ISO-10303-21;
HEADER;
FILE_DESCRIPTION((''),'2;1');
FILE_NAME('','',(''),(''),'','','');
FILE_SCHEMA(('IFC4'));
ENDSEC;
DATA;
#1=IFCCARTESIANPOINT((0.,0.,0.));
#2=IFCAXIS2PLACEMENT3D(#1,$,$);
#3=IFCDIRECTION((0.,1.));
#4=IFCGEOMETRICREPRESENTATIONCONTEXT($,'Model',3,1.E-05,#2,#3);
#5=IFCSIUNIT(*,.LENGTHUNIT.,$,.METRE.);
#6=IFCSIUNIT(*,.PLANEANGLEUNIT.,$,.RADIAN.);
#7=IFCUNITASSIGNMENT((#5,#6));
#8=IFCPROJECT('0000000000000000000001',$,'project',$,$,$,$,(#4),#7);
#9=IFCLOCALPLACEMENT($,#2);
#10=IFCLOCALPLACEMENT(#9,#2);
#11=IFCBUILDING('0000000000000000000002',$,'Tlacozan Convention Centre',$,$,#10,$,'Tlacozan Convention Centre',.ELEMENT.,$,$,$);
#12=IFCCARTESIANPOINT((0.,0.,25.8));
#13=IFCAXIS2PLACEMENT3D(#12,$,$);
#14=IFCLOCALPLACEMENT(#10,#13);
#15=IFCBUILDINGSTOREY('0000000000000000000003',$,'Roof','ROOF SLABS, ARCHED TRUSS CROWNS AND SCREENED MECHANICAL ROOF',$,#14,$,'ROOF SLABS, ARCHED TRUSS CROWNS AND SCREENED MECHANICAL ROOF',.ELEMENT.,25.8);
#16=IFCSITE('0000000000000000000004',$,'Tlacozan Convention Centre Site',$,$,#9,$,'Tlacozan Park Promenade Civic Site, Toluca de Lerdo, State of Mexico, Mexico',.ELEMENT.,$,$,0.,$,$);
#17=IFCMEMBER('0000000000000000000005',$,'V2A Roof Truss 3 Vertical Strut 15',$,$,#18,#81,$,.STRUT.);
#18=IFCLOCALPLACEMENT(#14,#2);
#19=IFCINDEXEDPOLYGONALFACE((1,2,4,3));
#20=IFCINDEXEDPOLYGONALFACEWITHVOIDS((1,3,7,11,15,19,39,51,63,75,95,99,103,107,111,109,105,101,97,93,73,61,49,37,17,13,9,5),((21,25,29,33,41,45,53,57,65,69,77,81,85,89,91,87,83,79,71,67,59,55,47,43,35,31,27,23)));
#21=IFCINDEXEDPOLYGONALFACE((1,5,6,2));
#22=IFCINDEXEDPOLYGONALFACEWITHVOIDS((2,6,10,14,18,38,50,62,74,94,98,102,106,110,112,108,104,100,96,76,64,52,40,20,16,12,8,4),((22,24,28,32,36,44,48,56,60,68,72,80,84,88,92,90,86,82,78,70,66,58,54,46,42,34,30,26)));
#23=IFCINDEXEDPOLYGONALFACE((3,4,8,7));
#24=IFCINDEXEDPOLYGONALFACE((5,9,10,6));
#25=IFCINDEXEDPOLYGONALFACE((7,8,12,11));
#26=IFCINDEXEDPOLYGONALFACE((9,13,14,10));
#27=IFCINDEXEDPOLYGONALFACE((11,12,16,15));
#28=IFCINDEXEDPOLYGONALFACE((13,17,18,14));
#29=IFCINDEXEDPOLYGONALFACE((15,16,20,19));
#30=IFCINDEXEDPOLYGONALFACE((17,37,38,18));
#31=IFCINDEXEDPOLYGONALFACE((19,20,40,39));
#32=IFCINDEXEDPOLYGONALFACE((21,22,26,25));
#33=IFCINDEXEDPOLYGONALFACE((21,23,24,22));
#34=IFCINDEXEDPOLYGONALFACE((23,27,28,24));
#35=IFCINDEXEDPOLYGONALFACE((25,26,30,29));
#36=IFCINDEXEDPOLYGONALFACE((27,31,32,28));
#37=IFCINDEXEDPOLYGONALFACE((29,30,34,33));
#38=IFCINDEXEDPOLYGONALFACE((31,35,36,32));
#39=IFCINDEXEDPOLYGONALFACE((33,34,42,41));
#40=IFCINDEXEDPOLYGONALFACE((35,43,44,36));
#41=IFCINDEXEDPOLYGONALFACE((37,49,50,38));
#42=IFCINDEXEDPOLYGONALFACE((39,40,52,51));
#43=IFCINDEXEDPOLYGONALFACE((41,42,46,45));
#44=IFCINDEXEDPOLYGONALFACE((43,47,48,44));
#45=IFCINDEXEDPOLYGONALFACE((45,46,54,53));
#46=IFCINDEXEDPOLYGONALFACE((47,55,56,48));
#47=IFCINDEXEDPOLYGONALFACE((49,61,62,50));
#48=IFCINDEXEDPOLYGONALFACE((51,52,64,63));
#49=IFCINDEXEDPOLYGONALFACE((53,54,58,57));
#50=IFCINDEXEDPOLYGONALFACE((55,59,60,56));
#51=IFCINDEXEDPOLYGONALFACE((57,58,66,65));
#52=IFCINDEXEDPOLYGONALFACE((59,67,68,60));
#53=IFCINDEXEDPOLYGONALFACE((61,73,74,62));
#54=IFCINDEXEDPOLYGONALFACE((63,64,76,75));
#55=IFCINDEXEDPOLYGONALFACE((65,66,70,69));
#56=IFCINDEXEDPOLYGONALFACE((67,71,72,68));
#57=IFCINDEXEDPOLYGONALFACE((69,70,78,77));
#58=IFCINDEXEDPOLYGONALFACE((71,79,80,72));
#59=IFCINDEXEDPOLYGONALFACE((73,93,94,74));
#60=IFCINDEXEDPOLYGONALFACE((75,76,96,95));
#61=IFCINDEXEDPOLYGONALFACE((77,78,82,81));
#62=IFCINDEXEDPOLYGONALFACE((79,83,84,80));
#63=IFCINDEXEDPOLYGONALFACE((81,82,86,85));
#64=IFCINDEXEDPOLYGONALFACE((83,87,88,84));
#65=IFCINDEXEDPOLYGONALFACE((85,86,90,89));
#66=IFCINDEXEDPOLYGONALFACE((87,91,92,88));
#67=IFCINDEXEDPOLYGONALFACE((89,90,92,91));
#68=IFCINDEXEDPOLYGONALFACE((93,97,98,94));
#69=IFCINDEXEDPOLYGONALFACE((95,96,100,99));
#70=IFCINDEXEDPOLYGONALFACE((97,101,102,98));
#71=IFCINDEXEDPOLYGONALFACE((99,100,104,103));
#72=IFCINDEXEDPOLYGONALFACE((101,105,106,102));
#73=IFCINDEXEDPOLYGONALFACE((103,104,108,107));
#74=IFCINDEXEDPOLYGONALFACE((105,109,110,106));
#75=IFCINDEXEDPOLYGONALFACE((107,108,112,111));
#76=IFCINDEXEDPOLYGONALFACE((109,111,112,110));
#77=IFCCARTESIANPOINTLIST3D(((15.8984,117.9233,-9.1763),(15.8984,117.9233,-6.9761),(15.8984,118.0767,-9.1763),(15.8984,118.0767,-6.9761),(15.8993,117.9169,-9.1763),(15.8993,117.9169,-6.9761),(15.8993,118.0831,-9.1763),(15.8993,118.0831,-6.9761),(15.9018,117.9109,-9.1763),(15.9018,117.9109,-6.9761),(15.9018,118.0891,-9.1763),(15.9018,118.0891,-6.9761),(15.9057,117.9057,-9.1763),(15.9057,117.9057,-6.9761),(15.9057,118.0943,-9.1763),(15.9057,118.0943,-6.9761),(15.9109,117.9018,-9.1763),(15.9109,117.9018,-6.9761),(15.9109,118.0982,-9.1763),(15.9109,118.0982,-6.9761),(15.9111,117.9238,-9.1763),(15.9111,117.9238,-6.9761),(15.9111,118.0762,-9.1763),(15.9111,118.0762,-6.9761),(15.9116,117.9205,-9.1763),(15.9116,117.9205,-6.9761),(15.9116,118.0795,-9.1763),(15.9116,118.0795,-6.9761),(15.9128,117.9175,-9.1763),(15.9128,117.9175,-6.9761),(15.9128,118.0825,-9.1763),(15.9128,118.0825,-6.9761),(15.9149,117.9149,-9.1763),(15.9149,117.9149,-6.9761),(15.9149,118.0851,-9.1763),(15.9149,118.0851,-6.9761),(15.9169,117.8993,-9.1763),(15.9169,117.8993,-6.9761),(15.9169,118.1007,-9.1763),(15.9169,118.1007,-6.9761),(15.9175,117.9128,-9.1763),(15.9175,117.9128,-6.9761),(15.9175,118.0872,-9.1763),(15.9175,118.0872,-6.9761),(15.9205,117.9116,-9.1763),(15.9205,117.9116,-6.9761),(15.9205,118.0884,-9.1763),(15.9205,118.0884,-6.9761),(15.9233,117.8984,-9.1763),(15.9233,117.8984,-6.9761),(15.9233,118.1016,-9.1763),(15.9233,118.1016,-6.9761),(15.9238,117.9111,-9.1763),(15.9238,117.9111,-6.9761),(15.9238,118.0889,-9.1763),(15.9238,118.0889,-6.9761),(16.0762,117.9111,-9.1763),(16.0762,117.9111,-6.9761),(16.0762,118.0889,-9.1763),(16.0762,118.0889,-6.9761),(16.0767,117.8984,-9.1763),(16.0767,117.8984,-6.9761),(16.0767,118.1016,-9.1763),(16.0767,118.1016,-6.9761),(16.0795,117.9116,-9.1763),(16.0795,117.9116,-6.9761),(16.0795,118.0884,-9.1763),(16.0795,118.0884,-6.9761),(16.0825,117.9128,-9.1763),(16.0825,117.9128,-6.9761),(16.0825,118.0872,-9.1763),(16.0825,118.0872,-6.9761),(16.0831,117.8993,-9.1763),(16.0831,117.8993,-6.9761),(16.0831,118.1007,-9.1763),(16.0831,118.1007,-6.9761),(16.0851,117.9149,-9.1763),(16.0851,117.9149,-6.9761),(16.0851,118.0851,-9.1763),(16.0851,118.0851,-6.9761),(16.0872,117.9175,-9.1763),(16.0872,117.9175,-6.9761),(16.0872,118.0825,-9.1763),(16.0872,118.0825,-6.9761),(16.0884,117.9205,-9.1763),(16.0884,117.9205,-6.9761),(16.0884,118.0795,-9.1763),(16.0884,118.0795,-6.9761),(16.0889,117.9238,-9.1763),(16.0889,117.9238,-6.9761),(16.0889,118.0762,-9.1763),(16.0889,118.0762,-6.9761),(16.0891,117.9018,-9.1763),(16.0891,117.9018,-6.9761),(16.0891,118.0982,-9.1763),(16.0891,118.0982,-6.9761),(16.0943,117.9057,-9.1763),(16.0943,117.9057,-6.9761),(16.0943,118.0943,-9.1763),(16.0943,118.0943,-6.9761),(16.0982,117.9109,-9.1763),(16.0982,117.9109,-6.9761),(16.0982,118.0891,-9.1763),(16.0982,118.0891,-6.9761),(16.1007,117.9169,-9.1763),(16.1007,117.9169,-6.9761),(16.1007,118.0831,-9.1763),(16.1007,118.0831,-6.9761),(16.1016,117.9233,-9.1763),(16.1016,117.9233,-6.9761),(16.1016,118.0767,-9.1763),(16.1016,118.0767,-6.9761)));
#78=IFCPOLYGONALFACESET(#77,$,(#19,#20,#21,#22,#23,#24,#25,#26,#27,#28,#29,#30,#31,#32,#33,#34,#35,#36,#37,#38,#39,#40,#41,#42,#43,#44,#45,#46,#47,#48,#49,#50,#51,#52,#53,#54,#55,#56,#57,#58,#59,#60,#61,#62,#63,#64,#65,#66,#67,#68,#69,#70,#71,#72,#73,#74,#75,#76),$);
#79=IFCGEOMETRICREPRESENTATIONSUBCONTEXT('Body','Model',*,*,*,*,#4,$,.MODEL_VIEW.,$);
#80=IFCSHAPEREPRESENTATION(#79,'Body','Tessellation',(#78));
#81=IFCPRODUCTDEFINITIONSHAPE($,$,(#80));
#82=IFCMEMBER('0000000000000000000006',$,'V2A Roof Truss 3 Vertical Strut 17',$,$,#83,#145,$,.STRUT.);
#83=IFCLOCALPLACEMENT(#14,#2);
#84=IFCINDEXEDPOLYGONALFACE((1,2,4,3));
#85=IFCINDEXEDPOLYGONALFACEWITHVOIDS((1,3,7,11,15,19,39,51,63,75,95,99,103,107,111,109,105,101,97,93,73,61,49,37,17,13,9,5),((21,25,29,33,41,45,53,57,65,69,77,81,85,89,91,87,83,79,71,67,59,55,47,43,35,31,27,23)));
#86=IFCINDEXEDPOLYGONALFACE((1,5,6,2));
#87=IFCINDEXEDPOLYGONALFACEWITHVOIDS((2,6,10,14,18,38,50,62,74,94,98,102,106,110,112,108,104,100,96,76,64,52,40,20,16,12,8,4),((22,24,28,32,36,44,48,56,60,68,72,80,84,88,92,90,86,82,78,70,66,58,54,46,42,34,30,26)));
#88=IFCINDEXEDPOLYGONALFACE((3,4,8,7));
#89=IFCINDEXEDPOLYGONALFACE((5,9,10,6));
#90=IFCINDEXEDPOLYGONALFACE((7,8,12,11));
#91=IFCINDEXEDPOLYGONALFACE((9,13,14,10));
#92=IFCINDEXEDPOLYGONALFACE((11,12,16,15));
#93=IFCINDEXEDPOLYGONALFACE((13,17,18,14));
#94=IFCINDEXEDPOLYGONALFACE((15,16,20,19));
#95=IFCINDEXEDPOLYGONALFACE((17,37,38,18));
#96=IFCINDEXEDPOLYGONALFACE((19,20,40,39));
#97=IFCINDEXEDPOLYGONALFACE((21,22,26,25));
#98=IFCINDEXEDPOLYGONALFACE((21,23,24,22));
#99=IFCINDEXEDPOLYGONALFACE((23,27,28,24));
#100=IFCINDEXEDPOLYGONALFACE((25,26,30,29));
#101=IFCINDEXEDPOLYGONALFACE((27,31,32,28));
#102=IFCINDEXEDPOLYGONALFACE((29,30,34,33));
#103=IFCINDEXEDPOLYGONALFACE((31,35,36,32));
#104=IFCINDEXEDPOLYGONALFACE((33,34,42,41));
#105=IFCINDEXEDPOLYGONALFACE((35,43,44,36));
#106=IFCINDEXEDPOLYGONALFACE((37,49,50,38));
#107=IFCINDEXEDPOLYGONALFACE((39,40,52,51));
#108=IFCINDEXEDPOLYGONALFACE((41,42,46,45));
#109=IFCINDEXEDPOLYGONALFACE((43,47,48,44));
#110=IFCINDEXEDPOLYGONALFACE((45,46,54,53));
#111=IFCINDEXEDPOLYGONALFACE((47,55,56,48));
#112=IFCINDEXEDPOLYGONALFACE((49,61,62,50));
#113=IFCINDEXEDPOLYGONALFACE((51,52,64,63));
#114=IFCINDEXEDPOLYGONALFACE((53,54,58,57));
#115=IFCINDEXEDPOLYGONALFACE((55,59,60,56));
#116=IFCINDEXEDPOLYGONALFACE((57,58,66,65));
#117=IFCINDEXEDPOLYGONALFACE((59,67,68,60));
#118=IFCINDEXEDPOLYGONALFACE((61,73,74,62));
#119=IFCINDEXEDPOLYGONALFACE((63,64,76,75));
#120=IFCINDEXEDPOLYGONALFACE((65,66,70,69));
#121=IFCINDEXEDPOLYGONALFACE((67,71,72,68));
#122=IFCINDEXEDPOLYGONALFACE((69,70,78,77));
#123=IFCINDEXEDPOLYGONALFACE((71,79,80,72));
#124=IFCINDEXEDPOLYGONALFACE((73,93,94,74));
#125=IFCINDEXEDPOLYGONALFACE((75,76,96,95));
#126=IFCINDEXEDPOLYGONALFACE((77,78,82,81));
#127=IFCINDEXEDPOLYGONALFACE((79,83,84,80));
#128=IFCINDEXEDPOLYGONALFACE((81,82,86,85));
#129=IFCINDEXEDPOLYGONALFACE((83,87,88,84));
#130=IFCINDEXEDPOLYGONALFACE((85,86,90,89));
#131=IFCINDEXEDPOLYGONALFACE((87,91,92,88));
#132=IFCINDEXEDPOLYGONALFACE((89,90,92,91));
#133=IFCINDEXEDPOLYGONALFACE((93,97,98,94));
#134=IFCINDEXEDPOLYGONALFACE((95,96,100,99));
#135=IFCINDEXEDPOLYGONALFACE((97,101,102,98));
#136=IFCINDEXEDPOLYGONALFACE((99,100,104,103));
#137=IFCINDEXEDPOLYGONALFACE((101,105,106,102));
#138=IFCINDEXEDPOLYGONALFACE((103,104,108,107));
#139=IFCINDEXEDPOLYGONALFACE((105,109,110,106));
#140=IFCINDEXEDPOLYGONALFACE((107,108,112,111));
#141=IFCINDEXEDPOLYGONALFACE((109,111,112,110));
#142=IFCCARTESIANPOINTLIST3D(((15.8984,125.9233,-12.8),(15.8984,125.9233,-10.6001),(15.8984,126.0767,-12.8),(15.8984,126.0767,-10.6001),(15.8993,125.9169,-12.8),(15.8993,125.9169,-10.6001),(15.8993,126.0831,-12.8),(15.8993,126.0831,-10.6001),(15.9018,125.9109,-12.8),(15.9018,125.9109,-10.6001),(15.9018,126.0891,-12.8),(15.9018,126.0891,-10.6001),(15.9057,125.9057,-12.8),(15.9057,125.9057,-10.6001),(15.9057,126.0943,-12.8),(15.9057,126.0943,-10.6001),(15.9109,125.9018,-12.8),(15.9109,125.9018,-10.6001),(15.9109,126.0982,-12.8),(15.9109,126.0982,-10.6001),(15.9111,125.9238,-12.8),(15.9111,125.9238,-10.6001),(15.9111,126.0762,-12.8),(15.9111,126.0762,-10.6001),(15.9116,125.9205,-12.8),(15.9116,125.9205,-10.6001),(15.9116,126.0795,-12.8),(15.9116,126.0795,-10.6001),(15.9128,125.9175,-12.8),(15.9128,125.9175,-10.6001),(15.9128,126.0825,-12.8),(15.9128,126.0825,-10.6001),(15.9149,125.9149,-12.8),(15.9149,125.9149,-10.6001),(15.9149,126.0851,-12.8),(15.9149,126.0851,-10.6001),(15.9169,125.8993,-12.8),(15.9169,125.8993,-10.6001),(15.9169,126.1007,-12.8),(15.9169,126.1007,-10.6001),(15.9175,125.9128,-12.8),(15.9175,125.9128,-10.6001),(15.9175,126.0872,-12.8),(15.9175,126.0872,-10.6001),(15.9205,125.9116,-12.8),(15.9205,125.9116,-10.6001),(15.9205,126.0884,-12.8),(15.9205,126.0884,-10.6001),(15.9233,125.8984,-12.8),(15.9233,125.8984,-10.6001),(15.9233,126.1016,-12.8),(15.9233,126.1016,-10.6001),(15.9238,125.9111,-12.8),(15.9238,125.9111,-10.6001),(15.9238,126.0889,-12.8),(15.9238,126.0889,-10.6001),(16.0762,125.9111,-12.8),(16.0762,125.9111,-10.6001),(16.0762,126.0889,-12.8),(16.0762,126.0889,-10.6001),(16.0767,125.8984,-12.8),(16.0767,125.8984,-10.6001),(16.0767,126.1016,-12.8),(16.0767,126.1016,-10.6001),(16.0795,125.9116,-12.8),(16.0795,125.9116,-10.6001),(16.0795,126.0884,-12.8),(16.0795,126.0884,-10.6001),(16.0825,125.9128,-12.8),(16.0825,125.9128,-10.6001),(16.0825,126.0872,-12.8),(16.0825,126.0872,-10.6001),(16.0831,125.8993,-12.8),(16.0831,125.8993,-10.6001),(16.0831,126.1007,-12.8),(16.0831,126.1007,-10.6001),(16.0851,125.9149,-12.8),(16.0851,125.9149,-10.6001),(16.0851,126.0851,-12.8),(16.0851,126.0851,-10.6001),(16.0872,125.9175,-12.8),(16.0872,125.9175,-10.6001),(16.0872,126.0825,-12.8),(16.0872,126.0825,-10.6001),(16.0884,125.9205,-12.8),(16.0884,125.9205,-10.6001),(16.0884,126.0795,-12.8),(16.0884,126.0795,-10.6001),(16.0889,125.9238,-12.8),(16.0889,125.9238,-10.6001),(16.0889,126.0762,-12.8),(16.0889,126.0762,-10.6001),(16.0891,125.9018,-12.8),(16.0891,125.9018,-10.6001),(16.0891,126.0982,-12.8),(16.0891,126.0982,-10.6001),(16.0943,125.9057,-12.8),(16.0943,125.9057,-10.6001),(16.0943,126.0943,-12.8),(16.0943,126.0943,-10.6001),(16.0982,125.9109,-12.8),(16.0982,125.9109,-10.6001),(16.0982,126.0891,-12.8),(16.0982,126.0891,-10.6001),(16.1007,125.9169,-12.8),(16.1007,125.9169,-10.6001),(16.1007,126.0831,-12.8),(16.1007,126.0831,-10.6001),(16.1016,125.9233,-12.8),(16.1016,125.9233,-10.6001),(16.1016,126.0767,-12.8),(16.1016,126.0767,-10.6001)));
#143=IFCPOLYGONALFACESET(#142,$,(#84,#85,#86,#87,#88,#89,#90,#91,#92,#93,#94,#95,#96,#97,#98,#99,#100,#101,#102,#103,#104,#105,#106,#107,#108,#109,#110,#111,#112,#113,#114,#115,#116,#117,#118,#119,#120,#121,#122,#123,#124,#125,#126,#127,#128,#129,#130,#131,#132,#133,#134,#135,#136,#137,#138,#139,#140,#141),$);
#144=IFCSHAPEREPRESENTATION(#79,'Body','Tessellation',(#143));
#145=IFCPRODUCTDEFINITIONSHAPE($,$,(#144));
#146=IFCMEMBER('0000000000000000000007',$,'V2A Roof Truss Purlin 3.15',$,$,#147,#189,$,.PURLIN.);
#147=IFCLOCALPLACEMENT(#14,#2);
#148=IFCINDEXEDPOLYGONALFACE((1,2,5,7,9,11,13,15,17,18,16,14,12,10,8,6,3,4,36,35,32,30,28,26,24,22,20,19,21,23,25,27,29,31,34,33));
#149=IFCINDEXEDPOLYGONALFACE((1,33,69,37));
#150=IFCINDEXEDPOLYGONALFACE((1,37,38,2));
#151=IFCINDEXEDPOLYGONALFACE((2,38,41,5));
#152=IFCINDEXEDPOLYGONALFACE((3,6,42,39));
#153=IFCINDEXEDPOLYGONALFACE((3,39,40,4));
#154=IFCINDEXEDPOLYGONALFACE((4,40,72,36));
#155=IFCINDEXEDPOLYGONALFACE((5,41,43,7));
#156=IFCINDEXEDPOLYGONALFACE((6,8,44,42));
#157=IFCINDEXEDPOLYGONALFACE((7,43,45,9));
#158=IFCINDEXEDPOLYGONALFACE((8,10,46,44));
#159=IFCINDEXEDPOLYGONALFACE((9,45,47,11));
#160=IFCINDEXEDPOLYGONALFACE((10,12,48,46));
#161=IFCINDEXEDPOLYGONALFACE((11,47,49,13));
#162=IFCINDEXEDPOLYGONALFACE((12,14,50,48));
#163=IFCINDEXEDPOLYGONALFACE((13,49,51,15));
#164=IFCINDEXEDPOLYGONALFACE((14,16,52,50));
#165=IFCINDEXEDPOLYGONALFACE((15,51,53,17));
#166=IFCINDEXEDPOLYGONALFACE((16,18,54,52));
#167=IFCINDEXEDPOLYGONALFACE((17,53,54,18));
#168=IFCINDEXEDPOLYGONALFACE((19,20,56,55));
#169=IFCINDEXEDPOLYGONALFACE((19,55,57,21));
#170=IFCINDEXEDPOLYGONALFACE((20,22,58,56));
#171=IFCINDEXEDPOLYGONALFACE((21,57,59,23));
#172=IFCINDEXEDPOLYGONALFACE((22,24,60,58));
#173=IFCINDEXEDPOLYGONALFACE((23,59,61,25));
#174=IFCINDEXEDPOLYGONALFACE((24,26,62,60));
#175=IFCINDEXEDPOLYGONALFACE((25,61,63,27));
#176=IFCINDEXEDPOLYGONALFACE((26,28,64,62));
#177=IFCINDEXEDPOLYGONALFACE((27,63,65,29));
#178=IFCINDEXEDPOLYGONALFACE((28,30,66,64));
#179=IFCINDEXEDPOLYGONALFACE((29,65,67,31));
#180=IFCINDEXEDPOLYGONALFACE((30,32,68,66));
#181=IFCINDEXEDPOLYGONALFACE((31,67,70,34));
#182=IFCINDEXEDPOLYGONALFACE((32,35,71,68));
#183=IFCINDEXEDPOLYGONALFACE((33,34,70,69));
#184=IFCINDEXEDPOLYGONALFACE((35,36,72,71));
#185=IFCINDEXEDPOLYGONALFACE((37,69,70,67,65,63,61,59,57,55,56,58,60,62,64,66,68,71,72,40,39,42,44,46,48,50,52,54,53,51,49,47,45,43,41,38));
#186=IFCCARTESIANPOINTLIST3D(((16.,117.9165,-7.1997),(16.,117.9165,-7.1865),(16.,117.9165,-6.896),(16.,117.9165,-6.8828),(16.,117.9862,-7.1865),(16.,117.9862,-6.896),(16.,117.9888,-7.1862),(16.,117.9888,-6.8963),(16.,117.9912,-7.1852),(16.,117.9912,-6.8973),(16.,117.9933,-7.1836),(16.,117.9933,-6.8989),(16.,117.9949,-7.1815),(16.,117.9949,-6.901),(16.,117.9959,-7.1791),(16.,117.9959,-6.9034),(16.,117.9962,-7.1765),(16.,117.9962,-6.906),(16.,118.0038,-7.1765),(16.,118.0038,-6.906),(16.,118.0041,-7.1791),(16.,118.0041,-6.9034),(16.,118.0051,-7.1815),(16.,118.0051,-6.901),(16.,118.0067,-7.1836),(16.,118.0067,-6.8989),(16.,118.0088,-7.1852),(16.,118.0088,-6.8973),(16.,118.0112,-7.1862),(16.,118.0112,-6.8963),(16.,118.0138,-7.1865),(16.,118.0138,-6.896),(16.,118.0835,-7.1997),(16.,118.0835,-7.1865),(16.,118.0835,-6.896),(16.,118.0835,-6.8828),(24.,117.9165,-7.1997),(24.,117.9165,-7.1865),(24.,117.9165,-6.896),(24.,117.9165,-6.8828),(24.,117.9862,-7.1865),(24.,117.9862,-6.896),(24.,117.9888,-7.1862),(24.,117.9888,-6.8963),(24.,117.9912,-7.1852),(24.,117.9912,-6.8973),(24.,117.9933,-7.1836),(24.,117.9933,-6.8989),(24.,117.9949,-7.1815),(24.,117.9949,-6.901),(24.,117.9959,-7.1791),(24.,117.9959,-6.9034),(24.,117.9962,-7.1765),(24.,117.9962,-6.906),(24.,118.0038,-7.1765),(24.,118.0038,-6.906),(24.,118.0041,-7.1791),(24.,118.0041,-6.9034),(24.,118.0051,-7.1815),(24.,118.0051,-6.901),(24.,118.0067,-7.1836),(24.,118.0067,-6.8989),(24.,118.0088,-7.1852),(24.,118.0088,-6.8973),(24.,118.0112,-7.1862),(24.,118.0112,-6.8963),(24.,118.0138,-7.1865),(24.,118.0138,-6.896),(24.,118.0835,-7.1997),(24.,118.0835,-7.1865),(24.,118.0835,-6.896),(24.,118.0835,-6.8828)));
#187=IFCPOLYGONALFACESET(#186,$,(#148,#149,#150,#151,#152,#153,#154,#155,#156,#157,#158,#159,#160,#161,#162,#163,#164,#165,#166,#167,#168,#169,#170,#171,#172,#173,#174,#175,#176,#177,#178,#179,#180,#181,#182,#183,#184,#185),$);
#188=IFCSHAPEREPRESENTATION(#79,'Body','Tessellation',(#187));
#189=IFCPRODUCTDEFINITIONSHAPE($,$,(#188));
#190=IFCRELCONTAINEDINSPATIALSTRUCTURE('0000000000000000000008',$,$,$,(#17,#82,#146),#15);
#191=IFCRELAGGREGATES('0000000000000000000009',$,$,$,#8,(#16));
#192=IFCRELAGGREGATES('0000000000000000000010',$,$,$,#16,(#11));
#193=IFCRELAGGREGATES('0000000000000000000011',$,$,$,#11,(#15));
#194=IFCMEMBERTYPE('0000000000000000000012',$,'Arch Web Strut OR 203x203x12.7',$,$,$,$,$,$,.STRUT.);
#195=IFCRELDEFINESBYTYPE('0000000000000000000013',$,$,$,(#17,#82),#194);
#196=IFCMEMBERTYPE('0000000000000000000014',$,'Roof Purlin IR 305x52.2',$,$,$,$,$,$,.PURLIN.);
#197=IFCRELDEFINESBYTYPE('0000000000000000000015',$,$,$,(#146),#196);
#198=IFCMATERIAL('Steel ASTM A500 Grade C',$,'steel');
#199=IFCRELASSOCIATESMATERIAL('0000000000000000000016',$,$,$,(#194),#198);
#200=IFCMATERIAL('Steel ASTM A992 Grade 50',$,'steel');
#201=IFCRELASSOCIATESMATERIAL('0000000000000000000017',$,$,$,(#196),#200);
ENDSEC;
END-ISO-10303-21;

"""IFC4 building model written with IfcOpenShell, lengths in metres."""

from ifc_helpers import new_model, si_unit, direction, frame, origin, origin_2d, place, context, subcontext, project, spatial, hollow_rectangle, i_section, extrude, material, material_profile, profile_set, type_object, element, save


model = new_model("IFC4")

# Units and contexts
model_context = context("Model", 3, precision=1e-05, world=origin(), true_north=direction((0.0, 1.0)))
body_context = subcontext(model_context, "Body", "Model", "MODEL_VIEW")
ifc_project = project(units=[si_unit("LENGTHUNIT", "METRE"), si_unit("PLANEANGLEUNIT", "RADIAN")], contexts=[model_context])

# Site, building, storey
site_placement = place(None, origin())
site = spatial("IfcSite", under=ifc_project, at=site_placement, Name="Tlacozan Convention Centre Site", LongName="Tlacozan Park Promenade Civic Site, Toluca de Lerdo, State of Mexico, Mexico", CompositionType="ELEMENT", RefElevation=0.0)
building_placement = place(site_placement, origin())
building = spatial("IfcBuilding", under=site, at=building_placement, Name="Tlacozan Convention Centre", LongName="Tlacozan Convention Centre", CompositionType="ELEMENT")
storey_placement = place(building_placement, frame((0.0, 0.0, 25.8)))
storey = spatial("IfcBuildingStorey", under=building, at=storey_placement, Name="Roof", Description="ROOF SLABS, ARCHED TRUSS CROWNS AND SCREENED MECHANICAL ROOF", LongName="ROOF SLABS, ARCHED TRUSS CROWNS AND SCREENED MECHANICAL ROOF", CompositionType="ELEMENT", Elevation=25.8)

# Members
ifc_material_1 = material(Name="Steel ASTM A500 Grade C", Category="steel")
ifc_material_profile_1 = material_profile(ifc_material_1, hollow_rectangle(XDim=0.2031, YDim=0.2031, WallThickness=0.0127, InnerFilletRadius=0.0127, OuterFilletRadius=0.0249, at=origin_2d()), Name="OR 203x203x12.7")
ifc_profile_set_1 = profile_set([ifc_material_profile_1], Name="Steel ASTM A500 Grade C")
member_type_1 = type_object("IfcMemberType", Name="Arch Web Strut OR 203x203x12.7", PredefinedType="STRUT", material=ifc_profile_set_1)
member_1_placement = place(storey_placement, frame((16.0, 118.0, -9.1763), z_axis=(0.0, 0.0, 1.0), x_axis=(1.0, 0.0, 0.0)))
element("IfcMember", 1, at=member_1_placement, inside=storey, type_object=member_type_1, Name="V2A Roof Truss 3 Vertical Strut 15", PredefinedType="STRUT", context=body_context, shape_type="SweptSolid", body=[
    extrude(hollow_rectangle(XDim=0.2031, YDim=0.2031, WallThickness=0.0127, InnerFilletRadius=0.0127, OuterFilletRadius=0.0249, at=origin_2d()), origin(), (0.0, 0.0, 1.0), 2.2002),
])
member_2_placement = place(storey_placement, frame((16.0, 126.0, -12.8), z_axis=(0.0, 0.0, 1.0), x_axis=(1.0, 0.0, 0.0)))
element("IfcMember", 2, at=member_2_placement, inside=storey, type_object=member_type_1, Name="V2A Roof Truss 3 Vertical Strut 17", PredefinedType="STRUT", context=body_context, shape_type="SweptSolid", body=[
    extrude(hollow_rectangle(XDim=0.2031, YDim=0.2031, WallThickness=0.0127, InnerFilletRadius=0.0127, OuterFilletRadius=0.0249, at=origin_2d()), origin(), (0.0, 0.0, 1.0), 2.2),
])
ifc_material_2 = material(Name="Steel ASTM A992 Grade 50", Category="steel")
ifc_material_profile_2 = material_profile(ifc_material_2, i_section(OverallWidth=0.167, OverallDepth=0.3169, WebThickness=0.0076, FlangeThickness=0.0132, FilletRadius=0.01, at=origin_2d()), Name="IR 305x52.2")
ifc_profile_set_2 = profile_set([ifc_material_profile_2], Name="Steel ASTM A992 Grade 50")
member_type_2 = type_object("IfcMemberType", Name="Roof Purlin IR 305x52.2", PredefinedType="PURLIN", material=ifc_profile_set_2)
member_3_placement = place(storey_placement, frame((16.0, 118.0, -7.0413), z_axis=(1.0, 0.0, 0.0), x_axis=(0.0, 1.0, 0.0)))
element("IfcMember", 3, at=member_3_placement, inside=storey, type_object=member_type_2, Name="V2A Roof Truss Purlin 3.15", PredefinedType="PURLIN", context=body_context, shape_type="SweptSolid", body=[
    extrude(i_section(OverallWidth=0.167, OverallDepth=0.3169, WebThickness=0.0076, FlangeThickness=0.0132, FilletRadius=0.01, at=origin_2d()), origin(), (0.0, 0.0, 1.0), 8.0),
])

save(model, "model.ifc")
